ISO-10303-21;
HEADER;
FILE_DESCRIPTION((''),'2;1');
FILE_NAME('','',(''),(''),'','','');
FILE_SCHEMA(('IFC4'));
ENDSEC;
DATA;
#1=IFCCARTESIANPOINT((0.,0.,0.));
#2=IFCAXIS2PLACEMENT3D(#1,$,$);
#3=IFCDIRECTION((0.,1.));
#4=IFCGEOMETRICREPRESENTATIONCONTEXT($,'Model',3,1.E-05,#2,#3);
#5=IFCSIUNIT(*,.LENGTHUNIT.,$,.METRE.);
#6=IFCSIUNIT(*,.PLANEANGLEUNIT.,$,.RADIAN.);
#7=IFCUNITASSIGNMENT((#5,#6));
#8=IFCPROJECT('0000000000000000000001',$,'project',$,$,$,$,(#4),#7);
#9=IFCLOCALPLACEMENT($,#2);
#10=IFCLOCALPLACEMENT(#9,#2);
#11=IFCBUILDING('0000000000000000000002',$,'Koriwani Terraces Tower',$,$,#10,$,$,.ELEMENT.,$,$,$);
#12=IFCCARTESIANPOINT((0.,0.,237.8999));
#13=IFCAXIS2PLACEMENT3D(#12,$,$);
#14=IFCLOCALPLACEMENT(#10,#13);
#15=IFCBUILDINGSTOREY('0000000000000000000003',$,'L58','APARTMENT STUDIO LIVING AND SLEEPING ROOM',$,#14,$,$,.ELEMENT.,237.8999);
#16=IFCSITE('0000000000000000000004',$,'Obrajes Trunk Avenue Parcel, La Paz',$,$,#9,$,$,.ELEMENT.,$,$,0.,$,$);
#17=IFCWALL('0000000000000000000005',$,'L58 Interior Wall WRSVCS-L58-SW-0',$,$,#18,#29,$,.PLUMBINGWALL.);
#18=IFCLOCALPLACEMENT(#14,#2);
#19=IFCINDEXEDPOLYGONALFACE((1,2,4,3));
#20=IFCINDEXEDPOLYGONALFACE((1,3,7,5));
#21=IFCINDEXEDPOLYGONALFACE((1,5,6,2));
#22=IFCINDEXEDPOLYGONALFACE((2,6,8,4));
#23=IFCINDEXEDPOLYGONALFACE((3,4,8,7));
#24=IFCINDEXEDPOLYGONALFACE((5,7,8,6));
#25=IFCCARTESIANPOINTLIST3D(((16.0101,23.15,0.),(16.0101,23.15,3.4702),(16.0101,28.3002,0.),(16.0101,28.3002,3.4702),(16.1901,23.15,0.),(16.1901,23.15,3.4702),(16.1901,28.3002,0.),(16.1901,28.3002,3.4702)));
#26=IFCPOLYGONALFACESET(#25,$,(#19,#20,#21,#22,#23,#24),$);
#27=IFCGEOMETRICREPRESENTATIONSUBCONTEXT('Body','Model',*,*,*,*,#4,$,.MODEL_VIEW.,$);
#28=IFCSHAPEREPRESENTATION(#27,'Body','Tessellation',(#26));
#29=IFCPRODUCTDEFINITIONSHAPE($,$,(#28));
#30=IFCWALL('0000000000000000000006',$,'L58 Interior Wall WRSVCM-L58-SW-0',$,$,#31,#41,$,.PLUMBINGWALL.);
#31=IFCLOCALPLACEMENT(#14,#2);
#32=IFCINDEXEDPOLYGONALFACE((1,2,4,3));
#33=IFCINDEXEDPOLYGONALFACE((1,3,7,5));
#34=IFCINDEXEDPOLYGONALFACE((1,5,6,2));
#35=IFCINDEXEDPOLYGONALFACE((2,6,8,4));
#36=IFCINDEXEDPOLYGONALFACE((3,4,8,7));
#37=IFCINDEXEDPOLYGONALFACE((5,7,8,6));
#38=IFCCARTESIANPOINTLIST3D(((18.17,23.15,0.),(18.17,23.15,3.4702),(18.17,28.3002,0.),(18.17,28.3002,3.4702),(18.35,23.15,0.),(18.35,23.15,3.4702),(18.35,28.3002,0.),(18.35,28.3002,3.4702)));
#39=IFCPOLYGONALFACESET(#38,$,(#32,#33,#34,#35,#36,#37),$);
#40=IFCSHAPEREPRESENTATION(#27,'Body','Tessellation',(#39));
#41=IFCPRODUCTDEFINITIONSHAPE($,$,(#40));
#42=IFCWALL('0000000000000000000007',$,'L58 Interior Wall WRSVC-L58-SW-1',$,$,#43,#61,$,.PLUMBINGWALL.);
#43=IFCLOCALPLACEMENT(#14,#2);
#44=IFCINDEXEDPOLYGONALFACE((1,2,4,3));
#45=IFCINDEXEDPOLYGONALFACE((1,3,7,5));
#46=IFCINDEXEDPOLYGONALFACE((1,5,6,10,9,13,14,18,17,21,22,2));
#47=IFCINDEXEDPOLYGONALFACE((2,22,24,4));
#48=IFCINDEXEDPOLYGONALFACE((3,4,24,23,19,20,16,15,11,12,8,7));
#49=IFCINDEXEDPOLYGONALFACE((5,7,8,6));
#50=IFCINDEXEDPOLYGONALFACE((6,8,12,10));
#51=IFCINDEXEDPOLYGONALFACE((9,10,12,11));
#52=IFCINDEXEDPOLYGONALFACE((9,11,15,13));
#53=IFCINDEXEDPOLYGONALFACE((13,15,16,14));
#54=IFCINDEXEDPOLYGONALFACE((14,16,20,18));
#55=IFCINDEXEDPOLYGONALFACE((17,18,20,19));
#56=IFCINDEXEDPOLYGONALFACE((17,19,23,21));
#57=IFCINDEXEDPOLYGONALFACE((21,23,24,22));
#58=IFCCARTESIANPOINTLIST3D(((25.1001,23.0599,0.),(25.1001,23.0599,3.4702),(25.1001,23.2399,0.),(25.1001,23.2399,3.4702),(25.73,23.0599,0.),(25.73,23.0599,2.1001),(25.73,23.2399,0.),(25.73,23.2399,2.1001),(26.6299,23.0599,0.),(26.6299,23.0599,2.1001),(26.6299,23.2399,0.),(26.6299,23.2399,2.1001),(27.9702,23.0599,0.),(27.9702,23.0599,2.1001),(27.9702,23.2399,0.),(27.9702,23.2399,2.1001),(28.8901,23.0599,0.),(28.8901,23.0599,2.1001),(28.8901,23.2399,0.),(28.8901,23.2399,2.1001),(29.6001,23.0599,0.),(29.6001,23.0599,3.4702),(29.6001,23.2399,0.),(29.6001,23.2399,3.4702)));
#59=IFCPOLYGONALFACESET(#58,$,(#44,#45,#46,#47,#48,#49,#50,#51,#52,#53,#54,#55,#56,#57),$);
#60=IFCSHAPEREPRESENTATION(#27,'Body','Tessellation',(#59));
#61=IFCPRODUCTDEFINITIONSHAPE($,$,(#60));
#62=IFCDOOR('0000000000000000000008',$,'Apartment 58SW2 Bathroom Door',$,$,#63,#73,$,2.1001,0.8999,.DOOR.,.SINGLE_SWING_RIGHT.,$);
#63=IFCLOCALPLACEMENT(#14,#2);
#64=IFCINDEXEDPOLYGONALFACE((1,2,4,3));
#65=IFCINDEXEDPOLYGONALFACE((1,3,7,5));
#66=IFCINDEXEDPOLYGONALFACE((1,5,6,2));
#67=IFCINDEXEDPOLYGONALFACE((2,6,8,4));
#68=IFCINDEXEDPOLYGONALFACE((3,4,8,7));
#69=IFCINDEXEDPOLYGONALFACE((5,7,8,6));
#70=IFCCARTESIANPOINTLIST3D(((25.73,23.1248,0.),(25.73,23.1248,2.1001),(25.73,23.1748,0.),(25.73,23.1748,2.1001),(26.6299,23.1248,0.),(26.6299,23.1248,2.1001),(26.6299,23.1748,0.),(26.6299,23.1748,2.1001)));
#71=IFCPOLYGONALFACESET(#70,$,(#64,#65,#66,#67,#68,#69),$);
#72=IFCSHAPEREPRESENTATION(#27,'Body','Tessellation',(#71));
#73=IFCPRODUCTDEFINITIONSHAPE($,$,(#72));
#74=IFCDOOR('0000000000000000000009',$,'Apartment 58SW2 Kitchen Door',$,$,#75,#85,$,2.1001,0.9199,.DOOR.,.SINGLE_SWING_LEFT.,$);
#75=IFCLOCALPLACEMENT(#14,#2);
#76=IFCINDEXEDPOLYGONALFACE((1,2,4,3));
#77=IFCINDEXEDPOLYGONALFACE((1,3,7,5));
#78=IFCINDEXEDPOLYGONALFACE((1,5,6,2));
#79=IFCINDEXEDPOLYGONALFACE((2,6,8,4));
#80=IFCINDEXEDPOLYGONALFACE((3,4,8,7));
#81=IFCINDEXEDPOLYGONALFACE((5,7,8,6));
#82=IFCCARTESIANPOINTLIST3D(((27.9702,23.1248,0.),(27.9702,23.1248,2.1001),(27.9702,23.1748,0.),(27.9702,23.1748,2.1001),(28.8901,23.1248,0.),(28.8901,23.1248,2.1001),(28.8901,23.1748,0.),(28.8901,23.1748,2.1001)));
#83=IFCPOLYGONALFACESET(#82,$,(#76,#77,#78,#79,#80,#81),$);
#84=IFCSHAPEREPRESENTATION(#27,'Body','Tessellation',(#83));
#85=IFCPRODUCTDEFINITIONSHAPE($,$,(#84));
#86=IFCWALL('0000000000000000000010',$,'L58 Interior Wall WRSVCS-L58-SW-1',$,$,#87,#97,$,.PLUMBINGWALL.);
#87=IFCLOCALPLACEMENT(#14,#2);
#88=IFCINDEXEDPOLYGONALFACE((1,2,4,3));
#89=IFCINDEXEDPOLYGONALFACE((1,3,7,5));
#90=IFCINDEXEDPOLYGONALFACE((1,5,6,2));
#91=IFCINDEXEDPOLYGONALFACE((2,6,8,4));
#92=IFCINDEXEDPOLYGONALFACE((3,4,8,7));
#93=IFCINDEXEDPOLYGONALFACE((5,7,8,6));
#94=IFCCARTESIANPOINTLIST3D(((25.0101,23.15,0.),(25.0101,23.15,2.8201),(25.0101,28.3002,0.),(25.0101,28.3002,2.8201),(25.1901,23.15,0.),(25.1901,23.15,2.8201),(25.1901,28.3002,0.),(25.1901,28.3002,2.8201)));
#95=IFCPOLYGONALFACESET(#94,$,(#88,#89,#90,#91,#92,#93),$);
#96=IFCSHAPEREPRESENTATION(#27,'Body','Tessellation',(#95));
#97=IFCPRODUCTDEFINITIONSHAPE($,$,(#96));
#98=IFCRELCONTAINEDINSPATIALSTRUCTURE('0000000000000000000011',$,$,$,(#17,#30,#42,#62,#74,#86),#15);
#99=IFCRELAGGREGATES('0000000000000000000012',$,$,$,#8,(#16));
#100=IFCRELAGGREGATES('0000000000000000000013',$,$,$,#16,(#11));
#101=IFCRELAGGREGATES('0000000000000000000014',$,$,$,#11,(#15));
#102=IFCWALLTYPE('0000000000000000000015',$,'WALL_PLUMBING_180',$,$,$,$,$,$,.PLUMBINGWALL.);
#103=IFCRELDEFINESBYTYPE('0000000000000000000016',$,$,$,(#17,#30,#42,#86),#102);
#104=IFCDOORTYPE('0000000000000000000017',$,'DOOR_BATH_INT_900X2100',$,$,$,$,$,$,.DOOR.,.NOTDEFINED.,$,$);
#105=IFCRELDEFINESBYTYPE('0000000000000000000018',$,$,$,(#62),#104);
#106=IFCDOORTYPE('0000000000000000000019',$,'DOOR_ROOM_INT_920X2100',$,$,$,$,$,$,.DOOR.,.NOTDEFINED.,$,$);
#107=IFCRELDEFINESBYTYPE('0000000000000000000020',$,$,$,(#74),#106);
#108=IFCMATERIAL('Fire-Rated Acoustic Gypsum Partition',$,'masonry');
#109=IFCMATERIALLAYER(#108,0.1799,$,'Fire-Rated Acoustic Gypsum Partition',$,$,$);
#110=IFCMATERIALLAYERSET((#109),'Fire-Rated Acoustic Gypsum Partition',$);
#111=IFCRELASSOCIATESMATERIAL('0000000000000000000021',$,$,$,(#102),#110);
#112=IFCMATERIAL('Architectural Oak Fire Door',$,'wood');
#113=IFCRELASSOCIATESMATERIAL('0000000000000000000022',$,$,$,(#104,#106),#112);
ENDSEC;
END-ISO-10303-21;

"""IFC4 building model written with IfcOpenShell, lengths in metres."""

from ifc_helpers import new_model, si_unit, direction, frame, frame_2d, origin, place, context, subcontext, project, spatial, rectangle, extrude, material, layer, layer_set, type_object, element, fill, save


model = new_model("IFC4")

# Units and contexts
model_context = context("Model", 3, precision=1e-05, world=origin(), true_north=direction((0.0, 1.0)))
body_context = subcontext(model_context, "Body", "Model", "MODEL_VIEW")
ifc_project = project(units=[si_unit("LENGTHUNIT", "METRE"), si_unit("PLANEANGLEUNIT", "RADIAN")], contexts=[model_context])

# Site, building, storey
site_placement = place(None, origin())
site = spatial("IfcSite", under=ifc_project, at=site_placement, Name="Obrajes Trunk Avenue Parcel, La Paz", CompositionType="ELEMENT", RefElevation=0.0)
building_placement = place(site_placement, origin())
building = spatial("IfcBuilding", under=site, at=building_placement, Name="Koriwani Terraces Tower", CompositionType="ELEMENT")
storey_placement = place(building_placement, frame((0.0, 0.0, 237.8999)))
storey = spatial("IfcBuildingStorey", under=building, at=storey_placement, Name="L58", Description="APARTMENT STUDIO LIVING AND SLEEPING ROOM", CompositionType="ELEMENT", Elevation=237.8999)

# Shared definitions
ifc_material_1 = material(Name="Architectural Oak Fire Door", Category="wood")

# Shared definitions
ifc_material_2 = material(Name="Fire-Rated Acoustic Gypsum Partition", Category="masonry")
ifc_layer_1 = layer(ifc_material_2, 0.1799, Name="Fire-Rated Acoustic Gypsum Partition")
ifc_layer_set_1 = layer_set([ifc_layer_1], Name="Fire-Rated Acoustic Gypsum Partition")
wall_type_1 = type_object("IfcWallType", Name="WALL_PLUMBING_180", PredefinedType="PLUMBINGWALL", material=ifc_layer_set_1)
door_type_1 = type_object("IfcDoorType", Name="DOOR_BATH_INT_900X2100", OperationType="NOTDEFINED", PredefinedType="DOOR", material=ifc_material_1)
door_type_2 = type_object("IfcDoorType", Name="DOOR_ROOM_INT_920X2100", OperationType="NOTDEFINED", PredefinedType="DOOR", material=ifc_material_1)

# Walls
for number, where, z_axis, x_axis, name in (
    (1, (16.1001, 23.1499, 0.0), (0.0, 0.0, 1.0), (0.0, 1.0, 0.0), "L58 Interior Wall WRSVCS-L58-SW-0"),
    (2, (18.26, 23.1499, 0.0), (0.0, 0.0, 1.0), (0.0, 1.0, 0.0), "L58 Interior Wall WRSVCM-L58-SW-0"),
):
    element("IfcWall", number, at=place(storey_placement, frame(where, z_axis=z_axis, x_axis=x_axis)), inside=storey, type_object=wall_type_1, Name=name, PredefinedType="PLUMBINGWALL", context=body_context, shape_type="SweptSolid", body=[
        extrude(rectangle(XDim=5.1501, YDim=0.1799, at=frame_2d((2.5752, 0.0))), origin(), (0.0, 0.0, 1.0), 3.4702),
    ])

# Wall, openings, doors
wall_1_placement = place(storey_placement, frame((25.1001, 23.1499, 0.0), z_axis=(0.0, 0.0, 1.0), x_axis=(1.0, 0.0, 0.0)))
wall_1 = element("IfcWall", 3, at=wall_1_placement, inside=storey, type_object=wall_type_1, Name="L58 Interior Wall WRSVC-L58-SW-1", PredefinedType="PLUMBINGWALL", context=body_context, shape_type="SweptSolid", body=[
    extrude(rectangle(XDim=4.5, YDim=0.1799, at=frame_2d((2.25, 0.0))), origin(), (0.0, 0.0, 1.0), 3.4702),
])
opening_1_placement = place(wall_1_placement, frame((0.6299, 0.0, 0.0)))
opening_1 = element("IfcOpeningElement", 4, at=opening_1_placement, cuts=wall_1, PredefinedType="OPENING", context=body_context, shape_type="SweptSolid", body=[
    extrude(rectangle(XDim=0.8999, YDim=2.1001, at=frame_2d((0.45, 1.05))), frame((0.0, 0.1001, 0.0), z_axis=(0.0, -1.0, 0.0), x_axis=(1.0, 0.0, 0.0)), (0.0, 0.0, 1.0), 0.2),
])
opening_2_placement = place(wall_1_placement, frame((2.8701, 0.0, 0.0)))
opening_2 = element("IfcOpeningElement", 5, at=opening_2_placement, cuts=wall_1, PredefinedType="OPENING", context=body_context, shape_type="SweptSolid", body=[
    extrude(rectangle(XDim=0.9199, YDim=2.1001, at=frame_2d((0.46, 1.05))), frame((0.0, 0.1001, 0.0), z_axis=(0.0, -1.0, 0.0), x_axis=(1.0, 0.0, 0.0)), (0.0, 0.0, 1.0), 0.2),
])
door_1_placement = place(opening_1_placement, origin())
door_1 = element("IfcDoor", 6, at=door_1_placement, inside=storey, type_object=door_type_1, Name="Apartment 58SW2 Bathroom Door", OperationType="SINGLE_SWING_RIGHT", OverallHeight=2.1001, OverallWidth=0.8999, PredefinedType="DOOR", context=body_context, shape_type="SweptSolid", body=[
    extrude(rectangle(XDim=0.8999, YDim=2.1001, at=frame_2d((0.45, 1.05))), frame((0.0, 0.0249, 0.0), z_axis=(0.0, -1.0, 0.0), x_axis=(1.0, 0.0, 0.0)), (0.0, 0.0, 1.0), 0.05),
])
fill(opening_1, door_1)
door_2_placement = place(opening_2_placement, origin())
door_2 = element("IfcDoor", 7, at=door_2_placement, inside=storey, type_object=door_type_2, Name="Apartment 58SW2 Kitchen Door", OperationType="SINGLE_SWING_LEFT", OverallHeight=2.1001, OverallWidth=0.9199, PredefinedType="DOOR", context=body_context, shape_type="SweptSolid", body=[
    extrude(rectangle(XDim=0.9199, YDim=2.1001, at=frame_2d((0.46, 1.05))), frame((0.0, 0.0249, 0.0), z_axis=(0.0, -1.0, 0.0), x_axis=(1.0, 0.0, 0.0)), (0.0, 0.0, 1.0), 0.05),
])
fill(opening_2, door_2)

# Wall
wall_2_placement = place(storey_placement, frame((25.1001, 23.1499, 0.0), z_axis=(0.0, 0.0, 1.0), x_axis=(0.0, 1.0, 0.0)))
element("IfcWall", 8, at=wall_2_placement, inside=storey, type_object=wall_type_1, Name="L58 Interior Wall WRSVCS-L58-SW-1", PredefinedType="PLUMBINGWALL", context=body_context, shape_type="SweptSolid", body=[
    extrude(rectangle(XDim=5.1501, YDim=0.1799, at=frame_2d((2.5752, 0.0))), origin(), (0.0, 0.0, 1.0), 2.8201),
])

save(model, "model.ifc")
